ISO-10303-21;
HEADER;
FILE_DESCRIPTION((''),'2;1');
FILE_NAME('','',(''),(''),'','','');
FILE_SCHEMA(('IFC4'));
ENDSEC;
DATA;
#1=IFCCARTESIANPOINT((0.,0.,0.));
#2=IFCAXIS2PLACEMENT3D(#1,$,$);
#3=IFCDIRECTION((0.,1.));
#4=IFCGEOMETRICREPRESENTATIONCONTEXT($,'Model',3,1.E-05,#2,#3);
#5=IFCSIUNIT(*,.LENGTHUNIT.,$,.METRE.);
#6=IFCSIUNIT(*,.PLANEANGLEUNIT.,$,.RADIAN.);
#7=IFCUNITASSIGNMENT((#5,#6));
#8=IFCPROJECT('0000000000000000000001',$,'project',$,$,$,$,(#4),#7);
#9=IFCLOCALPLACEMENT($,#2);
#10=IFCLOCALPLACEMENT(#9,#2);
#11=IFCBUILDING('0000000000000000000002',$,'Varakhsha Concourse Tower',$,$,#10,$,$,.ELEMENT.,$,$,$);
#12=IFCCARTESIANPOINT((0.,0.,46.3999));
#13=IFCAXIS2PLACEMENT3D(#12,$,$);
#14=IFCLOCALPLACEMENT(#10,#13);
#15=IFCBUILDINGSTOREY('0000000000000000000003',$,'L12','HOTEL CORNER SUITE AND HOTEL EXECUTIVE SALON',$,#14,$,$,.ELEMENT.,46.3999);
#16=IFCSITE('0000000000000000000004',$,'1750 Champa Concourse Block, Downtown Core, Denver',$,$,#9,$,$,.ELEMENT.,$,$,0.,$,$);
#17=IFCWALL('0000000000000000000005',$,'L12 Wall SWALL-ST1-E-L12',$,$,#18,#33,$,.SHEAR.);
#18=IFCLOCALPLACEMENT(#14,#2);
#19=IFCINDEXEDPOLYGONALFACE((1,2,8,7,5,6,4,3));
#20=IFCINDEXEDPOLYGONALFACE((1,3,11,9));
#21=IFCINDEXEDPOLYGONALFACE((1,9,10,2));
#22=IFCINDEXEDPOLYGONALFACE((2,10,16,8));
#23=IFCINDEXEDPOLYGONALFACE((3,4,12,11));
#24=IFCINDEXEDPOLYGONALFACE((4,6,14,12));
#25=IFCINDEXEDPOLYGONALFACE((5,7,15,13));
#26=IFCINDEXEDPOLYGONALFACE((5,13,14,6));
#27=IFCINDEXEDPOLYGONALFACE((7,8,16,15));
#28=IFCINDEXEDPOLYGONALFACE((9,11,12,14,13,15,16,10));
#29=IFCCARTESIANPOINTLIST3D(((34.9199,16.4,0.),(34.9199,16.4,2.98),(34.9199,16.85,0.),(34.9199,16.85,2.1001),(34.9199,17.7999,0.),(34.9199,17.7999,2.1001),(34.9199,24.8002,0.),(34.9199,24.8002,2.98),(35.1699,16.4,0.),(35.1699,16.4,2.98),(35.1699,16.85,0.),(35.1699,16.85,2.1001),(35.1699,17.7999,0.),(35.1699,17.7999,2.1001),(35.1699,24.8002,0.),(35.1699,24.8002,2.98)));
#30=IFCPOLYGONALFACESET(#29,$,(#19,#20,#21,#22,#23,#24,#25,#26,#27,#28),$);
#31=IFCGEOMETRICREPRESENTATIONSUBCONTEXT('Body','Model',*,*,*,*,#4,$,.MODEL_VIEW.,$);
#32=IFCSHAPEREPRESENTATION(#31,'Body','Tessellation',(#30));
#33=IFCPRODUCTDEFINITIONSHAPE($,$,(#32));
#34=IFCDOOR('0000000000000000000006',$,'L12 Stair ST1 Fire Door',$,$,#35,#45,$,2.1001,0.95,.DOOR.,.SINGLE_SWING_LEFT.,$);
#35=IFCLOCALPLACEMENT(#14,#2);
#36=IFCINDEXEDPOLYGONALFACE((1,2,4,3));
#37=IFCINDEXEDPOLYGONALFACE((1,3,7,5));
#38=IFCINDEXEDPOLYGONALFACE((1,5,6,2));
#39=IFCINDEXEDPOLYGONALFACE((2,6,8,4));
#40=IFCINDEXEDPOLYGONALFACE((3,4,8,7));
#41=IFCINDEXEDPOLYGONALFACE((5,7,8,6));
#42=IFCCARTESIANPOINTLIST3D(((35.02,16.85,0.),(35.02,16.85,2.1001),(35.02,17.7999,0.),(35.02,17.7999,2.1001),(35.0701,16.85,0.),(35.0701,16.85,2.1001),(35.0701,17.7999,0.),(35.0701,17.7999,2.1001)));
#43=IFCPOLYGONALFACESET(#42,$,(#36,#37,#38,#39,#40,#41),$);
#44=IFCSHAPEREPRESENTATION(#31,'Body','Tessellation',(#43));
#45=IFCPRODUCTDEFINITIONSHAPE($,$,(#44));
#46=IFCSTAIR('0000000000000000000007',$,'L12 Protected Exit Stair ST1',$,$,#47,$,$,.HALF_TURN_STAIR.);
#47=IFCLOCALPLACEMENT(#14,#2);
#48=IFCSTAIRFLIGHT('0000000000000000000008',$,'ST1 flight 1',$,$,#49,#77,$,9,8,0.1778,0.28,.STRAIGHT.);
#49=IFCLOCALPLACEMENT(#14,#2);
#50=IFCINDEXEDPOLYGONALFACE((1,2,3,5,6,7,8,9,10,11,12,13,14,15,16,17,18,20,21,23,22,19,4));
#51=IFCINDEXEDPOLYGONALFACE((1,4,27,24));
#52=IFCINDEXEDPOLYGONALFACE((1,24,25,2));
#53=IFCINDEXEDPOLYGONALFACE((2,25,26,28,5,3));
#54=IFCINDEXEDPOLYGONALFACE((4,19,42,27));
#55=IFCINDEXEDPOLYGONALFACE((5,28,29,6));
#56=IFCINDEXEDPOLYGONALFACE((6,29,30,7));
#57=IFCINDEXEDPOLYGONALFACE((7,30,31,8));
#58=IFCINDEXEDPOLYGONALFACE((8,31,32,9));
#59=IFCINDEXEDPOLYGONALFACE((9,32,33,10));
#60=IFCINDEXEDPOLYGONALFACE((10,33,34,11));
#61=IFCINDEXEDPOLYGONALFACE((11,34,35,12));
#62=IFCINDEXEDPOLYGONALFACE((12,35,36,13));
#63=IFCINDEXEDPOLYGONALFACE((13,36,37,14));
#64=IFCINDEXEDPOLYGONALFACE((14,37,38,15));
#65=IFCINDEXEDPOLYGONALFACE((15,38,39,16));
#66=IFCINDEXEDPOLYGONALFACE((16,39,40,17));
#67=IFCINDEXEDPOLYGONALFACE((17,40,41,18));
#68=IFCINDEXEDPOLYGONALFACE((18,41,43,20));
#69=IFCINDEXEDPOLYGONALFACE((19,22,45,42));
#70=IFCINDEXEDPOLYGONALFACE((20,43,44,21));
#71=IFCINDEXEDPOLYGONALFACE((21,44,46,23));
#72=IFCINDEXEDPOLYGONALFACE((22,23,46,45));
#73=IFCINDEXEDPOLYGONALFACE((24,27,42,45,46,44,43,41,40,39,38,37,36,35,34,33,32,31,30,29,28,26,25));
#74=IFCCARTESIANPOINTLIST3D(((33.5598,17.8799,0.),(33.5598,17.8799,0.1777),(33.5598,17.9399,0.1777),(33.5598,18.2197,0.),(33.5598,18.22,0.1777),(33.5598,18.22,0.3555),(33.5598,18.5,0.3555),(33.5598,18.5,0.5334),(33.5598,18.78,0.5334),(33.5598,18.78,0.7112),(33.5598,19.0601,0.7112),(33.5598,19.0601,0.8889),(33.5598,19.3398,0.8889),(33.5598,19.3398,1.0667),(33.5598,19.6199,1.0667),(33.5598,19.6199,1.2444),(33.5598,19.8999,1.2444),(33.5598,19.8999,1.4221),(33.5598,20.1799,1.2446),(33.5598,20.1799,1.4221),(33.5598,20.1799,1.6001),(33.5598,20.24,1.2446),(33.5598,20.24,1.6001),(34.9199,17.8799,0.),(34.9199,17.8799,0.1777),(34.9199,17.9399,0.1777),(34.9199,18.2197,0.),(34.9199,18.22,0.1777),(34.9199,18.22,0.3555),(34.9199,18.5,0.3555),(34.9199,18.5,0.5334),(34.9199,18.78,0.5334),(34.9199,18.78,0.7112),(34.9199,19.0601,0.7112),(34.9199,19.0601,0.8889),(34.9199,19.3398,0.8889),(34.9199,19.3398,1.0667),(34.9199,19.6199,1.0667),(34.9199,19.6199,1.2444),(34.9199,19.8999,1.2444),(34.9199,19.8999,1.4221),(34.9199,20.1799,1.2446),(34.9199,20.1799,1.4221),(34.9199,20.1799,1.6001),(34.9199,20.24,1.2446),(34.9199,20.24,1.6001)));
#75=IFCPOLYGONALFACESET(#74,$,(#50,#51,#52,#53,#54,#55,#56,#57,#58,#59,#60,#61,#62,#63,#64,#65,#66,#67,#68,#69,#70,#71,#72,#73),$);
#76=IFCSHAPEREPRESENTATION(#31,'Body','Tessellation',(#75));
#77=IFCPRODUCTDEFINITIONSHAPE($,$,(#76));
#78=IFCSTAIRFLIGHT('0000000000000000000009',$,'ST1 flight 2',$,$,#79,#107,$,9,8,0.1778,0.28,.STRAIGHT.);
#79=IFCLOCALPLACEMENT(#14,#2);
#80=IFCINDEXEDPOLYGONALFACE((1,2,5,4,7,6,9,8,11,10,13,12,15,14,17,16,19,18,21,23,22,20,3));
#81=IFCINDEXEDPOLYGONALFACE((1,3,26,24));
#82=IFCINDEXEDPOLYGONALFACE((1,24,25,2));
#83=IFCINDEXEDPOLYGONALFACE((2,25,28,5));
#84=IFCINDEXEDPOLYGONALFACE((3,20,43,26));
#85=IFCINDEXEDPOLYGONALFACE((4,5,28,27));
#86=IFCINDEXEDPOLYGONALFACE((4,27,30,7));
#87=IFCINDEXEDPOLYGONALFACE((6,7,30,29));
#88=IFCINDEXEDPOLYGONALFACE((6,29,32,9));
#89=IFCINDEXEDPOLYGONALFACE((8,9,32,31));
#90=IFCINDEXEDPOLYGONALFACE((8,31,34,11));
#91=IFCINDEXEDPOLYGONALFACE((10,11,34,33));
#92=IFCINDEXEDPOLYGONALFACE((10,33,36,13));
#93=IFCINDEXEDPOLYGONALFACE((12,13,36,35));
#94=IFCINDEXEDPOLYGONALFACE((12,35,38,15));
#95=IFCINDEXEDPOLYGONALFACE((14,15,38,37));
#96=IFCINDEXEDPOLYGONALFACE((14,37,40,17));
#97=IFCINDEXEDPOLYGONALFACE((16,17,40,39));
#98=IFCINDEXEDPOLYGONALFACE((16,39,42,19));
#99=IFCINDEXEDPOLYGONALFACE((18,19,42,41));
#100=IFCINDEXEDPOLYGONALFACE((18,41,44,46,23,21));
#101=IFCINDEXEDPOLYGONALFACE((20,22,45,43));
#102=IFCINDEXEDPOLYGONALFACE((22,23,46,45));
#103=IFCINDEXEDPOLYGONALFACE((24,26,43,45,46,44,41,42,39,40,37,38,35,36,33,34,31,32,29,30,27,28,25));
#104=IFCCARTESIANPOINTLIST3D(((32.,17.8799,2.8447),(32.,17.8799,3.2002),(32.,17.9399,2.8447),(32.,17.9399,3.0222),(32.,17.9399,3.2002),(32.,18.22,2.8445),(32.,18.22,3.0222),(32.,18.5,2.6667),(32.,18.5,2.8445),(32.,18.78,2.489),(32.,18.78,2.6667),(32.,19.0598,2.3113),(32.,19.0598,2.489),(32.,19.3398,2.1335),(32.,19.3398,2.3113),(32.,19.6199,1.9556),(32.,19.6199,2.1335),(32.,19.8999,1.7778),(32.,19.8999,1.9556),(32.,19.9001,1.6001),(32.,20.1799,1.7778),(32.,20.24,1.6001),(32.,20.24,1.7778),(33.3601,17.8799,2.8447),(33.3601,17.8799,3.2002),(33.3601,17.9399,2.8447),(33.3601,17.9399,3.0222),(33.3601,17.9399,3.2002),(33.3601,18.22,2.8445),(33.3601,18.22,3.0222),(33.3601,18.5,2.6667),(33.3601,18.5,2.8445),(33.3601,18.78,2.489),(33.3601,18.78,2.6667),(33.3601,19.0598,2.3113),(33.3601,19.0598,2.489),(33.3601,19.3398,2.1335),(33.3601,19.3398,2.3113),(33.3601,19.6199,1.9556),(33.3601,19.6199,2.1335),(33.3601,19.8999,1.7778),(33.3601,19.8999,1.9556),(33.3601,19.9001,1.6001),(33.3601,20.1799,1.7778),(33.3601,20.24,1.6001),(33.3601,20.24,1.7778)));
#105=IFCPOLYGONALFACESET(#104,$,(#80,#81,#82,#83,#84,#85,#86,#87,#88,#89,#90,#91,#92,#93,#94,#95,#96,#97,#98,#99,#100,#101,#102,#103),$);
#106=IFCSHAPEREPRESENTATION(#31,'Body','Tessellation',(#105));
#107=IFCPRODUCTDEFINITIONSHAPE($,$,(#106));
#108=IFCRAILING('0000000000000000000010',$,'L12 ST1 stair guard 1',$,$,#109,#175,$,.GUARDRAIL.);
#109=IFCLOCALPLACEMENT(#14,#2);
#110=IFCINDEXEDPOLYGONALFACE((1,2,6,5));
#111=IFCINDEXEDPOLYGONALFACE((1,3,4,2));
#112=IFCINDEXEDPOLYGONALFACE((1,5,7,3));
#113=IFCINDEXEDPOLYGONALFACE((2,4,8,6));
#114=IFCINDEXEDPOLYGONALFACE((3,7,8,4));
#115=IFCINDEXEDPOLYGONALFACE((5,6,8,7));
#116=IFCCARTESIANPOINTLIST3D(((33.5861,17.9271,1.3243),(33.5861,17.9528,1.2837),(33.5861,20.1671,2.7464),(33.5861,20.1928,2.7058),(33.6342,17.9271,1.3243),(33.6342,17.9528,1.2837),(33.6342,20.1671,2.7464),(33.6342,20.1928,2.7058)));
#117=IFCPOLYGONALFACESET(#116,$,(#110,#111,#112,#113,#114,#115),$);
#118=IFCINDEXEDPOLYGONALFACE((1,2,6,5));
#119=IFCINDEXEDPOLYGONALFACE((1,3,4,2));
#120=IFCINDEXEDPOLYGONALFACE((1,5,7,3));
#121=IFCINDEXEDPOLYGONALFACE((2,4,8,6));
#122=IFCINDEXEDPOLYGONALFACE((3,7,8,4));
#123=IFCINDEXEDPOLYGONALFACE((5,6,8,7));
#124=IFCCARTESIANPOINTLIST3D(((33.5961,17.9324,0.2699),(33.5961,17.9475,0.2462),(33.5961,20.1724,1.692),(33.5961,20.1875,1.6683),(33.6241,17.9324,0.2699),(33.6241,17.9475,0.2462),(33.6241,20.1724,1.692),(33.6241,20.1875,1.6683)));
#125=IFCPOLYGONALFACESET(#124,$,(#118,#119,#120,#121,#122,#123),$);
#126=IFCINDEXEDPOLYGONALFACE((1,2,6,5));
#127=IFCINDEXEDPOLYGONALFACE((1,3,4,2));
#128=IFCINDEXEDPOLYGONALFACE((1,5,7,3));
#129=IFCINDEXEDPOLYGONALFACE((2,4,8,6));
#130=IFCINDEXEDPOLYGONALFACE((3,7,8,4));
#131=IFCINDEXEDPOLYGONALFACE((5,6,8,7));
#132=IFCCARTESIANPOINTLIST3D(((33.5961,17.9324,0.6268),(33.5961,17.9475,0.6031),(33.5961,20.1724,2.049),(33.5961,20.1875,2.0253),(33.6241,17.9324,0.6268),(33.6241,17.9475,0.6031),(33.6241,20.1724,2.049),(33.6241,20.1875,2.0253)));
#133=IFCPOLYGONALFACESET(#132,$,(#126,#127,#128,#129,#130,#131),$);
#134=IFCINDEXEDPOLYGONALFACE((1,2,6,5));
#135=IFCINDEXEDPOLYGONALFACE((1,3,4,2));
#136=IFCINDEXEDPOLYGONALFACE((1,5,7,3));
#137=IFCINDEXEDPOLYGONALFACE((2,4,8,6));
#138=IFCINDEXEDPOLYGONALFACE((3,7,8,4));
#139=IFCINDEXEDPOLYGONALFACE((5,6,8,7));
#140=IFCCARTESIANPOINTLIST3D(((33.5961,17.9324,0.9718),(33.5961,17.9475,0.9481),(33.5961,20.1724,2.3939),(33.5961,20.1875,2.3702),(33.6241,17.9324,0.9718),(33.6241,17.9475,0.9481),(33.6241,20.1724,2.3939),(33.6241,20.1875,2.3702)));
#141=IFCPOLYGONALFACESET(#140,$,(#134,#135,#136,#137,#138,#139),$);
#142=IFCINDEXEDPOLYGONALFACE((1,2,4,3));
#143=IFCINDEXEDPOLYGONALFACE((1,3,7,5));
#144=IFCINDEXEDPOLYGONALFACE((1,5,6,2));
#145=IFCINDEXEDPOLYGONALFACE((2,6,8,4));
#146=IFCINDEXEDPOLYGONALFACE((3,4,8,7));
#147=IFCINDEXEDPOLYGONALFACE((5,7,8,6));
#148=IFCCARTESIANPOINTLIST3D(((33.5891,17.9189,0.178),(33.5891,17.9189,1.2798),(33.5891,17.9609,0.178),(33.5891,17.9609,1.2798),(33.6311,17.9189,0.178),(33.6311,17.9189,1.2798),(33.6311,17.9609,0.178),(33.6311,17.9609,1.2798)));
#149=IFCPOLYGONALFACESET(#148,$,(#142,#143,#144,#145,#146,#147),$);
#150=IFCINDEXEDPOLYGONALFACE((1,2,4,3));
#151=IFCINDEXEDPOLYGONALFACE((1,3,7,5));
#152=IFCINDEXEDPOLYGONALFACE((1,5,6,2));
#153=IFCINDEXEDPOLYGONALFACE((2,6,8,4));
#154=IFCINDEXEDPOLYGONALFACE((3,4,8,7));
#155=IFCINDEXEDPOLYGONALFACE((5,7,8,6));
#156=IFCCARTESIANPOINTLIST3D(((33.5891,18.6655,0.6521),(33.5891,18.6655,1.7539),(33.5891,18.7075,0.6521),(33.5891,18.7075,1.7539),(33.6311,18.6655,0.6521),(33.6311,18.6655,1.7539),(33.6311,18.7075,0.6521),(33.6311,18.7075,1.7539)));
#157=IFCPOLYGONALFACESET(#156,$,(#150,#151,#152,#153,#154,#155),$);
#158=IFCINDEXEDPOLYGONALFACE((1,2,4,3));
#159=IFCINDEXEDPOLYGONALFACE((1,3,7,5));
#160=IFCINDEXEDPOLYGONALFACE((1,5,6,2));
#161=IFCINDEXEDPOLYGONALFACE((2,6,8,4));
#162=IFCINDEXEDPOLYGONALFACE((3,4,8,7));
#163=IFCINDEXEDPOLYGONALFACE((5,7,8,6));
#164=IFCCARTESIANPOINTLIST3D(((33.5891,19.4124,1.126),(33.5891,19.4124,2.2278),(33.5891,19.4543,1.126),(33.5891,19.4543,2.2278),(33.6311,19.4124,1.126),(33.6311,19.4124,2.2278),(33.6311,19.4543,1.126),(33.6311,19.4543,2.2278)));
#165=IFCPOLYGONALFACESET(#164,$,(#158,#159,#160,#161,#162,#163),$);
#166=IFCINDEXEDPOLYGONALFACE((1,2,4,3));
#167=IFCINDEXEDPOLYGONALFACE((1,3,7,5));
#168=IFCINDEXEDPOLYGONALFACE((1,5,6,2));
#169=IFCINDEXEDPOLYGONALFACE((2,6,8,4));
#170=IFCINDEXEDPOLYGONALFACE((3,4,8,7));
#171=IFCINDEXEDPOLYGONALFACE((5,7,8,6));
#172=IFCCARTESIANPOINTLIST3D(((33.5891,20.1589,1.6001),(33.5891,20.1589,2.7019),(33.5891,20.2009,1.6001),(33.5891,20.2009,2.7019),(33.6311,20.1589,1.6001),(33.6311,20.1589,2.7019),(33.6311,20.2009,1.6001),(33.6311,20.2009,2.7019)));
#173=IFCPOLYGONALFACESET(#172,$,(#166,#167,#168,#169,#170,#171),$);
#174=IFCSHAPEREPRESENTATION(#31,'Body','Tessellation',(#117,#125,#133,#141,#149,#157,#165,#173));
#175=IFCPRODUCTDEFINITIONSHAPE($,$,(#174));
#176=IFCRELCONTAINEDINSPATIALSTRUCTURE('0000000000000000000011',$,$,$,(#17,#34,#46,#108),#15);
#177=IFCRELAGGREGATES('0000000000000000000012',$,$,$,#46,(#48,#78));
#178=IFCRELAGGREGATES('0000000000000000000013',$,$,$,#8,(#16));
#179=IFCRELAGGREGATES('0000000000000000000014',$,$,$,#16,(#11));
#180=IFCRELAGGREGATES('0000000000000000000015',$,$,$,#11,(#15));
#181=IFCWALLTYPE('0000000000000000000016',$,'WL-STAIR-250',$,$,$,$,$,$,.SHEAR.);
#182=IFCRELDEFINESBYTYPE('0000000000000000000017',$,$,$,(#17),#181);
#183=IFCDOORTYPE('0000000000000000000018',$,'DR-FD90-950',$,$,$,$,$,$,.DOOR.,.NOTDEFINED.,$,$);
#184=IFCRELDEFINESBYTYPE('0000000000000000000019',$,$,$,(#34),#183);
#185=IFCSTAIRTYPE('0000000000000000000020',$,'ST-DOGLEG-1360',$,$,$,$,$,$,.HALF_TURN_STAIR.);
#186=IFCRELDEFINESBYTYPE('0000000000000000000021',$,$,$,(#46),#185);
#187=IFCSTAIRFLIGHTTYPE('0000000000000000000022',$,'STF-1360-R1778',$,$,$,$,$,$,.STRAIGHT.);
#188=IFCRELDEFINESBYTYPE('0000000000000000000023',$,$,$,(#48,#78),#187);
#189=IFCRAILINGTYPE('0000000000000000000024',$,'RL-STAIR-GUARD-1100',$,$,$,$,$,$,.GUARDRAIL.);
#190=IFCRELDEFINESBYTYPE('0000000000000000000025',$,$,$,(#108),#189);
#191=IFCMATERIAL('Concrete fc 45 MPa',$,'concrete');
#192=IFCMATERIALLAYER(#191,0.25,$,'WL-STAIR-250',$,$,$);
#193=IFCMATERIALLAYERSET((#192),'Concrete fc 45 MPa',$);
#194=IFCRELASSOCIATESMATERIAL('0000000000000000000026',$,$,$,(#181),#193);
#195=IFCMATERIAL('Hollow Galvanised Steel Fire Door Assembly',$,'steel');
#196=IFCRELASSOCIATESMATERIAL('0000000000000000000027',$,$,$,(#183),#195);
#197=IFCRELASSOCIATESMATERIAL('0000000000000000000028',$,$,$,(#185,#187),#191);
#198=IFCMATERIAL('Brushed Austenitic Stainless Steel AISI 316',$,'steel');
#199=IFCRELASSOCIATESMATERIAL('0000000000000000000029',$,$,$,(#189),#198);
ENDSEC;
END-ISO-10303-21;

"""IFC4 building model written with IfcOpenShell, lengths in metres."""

from ifc_helpers import new_model, si_unit, direction, frame, frame_2d, origin, origin_2d, place, context, subcontext, project, spatial, polyline, rectangle, outline, extrude, material, layer, layer_set, type_object, element, fill, aggregate, save


model = new_model("IFC4")

# Units and contexts
model_context = context("Model", 3, precision=1e-05, world=origin(), true_north=direction((0.0, 1.0)))
body_context = subcontext(model_context, "Body", "Model", "MODEL_VIEW")
ifc_project = project(units=[si_unit("LENGTHUNIT", "METRE"), si_unit("PLANEANGLEUNIT", "RADIAN")], contexts=[model_context])

# Site, building, storey
site_placement = place(None, origin())
site = spatial("IfcSite", under=ifc_project, at=site_placement, Name="1750 Champa Concourse Block, Downtown Core, Denver", CompositionType="ELEMENT", RefElevation=0.0)
building_placement = place(site_placement, origin())
building = spatial("IfcBuilding", under=site, at=building_placement, Name="Varakhsha Concourse Tower", CompositionType="ELEMENT")
storey_placement = place(building_placement, frame((0.0, 0.0, 46.3999)))
storey = spatial("IfcBuildingStorey", under=building, at=storey_placement, Name="L12", Description="HOTEL CORNER SUITE AND HOTEL EXECUTIVE SALON", CompositionType="ELEMENT", Elevation=46.3999)

# Shared definitions
ifc_material_1 = material(Name="Hollow Galvanised Steel Fire Door Assembly", Category="steel")

# Wall, opening, door
ifc_material_2 = material(Name="Concrete fc 45 MPa", Category="concrete")
ifc_layer_1 = layer(ifc_material_2, 0.25, Name="WL-STAIR-250")
ifc_layer_set_1 = layer_set([ifc_layer_1], Name="Concrete fc 45 MPa")
wall_type_1 = type_object("IfcWallType", Name="WL-STAIR-250", PredefinedType="SHEAR", material=ifc_layer_set_1)
wall_1_placement = place(storey_placement, frame((35.0449, 16.3999, 0.0), z_axis=(0.0, 0.0, 1.0), x_axis=(0.0, 1.0, 0.0)))
wall_1 = element("IfcWall", 1, at=wall_1_placement, inside=storey, type_object=wall_type_1, Name="L12 Wall SWALL-ST1-E-L12", PredefinedType="SHEAR", context=body_context, shape_type="SweptSolid", body=[
    extrude(rectangle(XDim=8.4001, YDim=0.25, at=frame_2d((4.2002, 0.0))), origin(), (0.0, 0.0, 1.0), 2.98),
])
opening_1_placement = place(wall_1_placement, frame((0.45, 0.0, 0.0)))
opening_1 = element("IfcOpeningElement", 2, at=opening_1_placement, cuts=wall_1, PredefinedType="OPENING", context=body_context, shape_type="SweptSolid", body=[
    extrude(rectangle(XDim=0.95, YDim=2.1001, at=frame_2d((0.4751, 1.05))), frame((0.0, 0.135, 0.0), z_axis=(0.0, -1.0, 0.0), x_axis=(1.0, 0.0, 0.0)), (0.0, 0.0, 1.0), 0.27),
])
door_type_1 = type_object("IfcDoorType", Name="DR-FD90-950", OperationType="NOTDEFINED", PredefinedType="DOOR", material=ifc_material_1)
door_1_placement = place(opening_1_placement, origin())
door_1 = element("IfcDoor", 3, at=door_1_placement, inside=storey, type_object=door_type_1, Name="L12 Stair ST1 Fire Door", OperationType="SINGLE_SWING_LEFT", OverallHeight=2.1001, OverallWidth=0.95, PredefinedType="DOOR", context=body_context, shape_type="SweptSolid", body=[
    extrude(rectangle(XDim=0.95, YDim=2.1001, at=frame_2d((0.4751, 1.05))), frame((0.0, 0.0249, 0.0), z_axis=(0.0, -1.0, 0.0), x_axis=(1.0, 0.0, 0.0)), (0.0, 0.0, 1.0), 0.05),
])
fill(opening_1, door_1)

# Stair, stair flights
stair_type = type_object("IfcStairType", Name="ST-DOGLEG-1360", PredefinedType="HALF_TURN_STAIR", material=ifc_material_2)
stair_placement = place(storey_placement, origin())
stair = element("IfcStair", 4, at=stair_placement, inside=storey, type_object=stair_type, Name="L12 Protected Exit Stair ST1", PredefinedType="HALF_TURN_STAIR")
stair_flight_type = type_object("IfcStairFlightType", Name="STF-1360-R1778", PredefinedType="STRAIGHT", material=ifc_material_2)
stair_flight_1_placement = place(storey_placement, frame((34.24, 17.9399, 0.0), z_axis=(0.0, 0.0, 1.0), x_axis=(0.0, 1.0, 0.0)))
stair_flight_1 = element("IfcStairFlight", 5, at=stair_flight_1_placement, type_object=stair_flight_type, Name="ST1 flight 1", NumberOfRisers=9, NumberOfTreads=8, PredefinedType="STRAIGHT", RiserHeight=0.1778, TreadLength=0.28, context=body_context, shape_type="SweptSolid", body=[
    extrude(outline(polyline([(-0.0601, 0.0), (-0.0601, 0.1777), (0.0, 0.1777), (0.28, 0.1777), (0.28, 0.3555), (0.5601, 0.3555), (0.5601, 0.5334), (0.8401, 0.5334), (0.8401, 0.7112), (1.1201, 0.7112), (1.1201, 0.8889), (1.3999, 0.8889), (1.3999, 1.0667), (1.6799, 1.0667), (1.6799, 1.2444), (1.96, 1.2444), (1.96, 1.4221), (2.24, 1.4221), (2.24, 1.6001), (2.3, 1.6001), (2.3, 1.2446), (2.24, 1.2446), (0.2798, 0.0), (-0.0601, 0.0)])), frame((0.0, 0.6802, 0.0), z_axis=(0.0, -1.0, 0.0), x_axis=(1.0, 0.0, 0.0)), (0.0, 0.0, 1.0), 1.3601),
])
stair_flight_2_placement = place(storey_placement, frame((32.6799, 20.1799, 1.6001), z_axis=(0.0, 0.0, 1.0), x_axis=(0.0, -1.0, 0.0)))
stair_flight_2 = element("IfcStairFlight", 6, at=stair_flight_2_placement, type_object=stair_flight_type, Name="ST1 flight 2", NumberOfRisers=9, NumberOfTreads=8, PredefinedType="STRAIGHT", RiserHeight=0.1778, TreadLength=0.28, context=body_context, shape_type="SweptSolid", body=[
    extrude(outline(polyline([(-0.0601, 0.0), (-0.0601, 0.1777), (0.0, 0.1777), (0.28, 0.1777), (0.28, 0.3555), (0.5601, 0.3555), (0.5601, 0.5334), (0.8401, 0.5334), (0.8401, 0.7112), (1.1201, 0.7112), (1.1201, 0.8889), (1.3999, 0.8889), (1.3999, 1.0667), (1.6799, 1.0667), (1.6799, 1.2444), (1.96, 1.2444), (1.96, 1.4221), (2.24, 1.4221), (2.24, 1.6001), (2.3, 1.6001), (2.3, 1.2446), (2.24, 1.2446), (0.2798, 0.0), (-0.0601, 0.0)])), frame((0.0, 0.6802, 0.0), z_axis=(0.0, -1.0, 0.0), x_axis=(1.0, 0.0, 0.0)), (0.0, 0.0, 1.0), 1.3601),
])
aggregate(stair, [stair_flight_1, stair_flight_2])

# Railing
ifc_material_3 = material(Name="Brushed Austenitic Stainless Steel AISI 316", Category="steel")
railing_type_1 = type_object("IfcRailingType", Name="RL-STAIR-GUARD-1100", PredefinedType="GUARDRAIL", material=ifc_material_3)
railing_1_placement = place(storey_placement, frame((33.6101, 17.9399, 0.178)))
element("IfcRailing", 7, at=railing_1_placement, inside=storey, type_object=railing_type_1, Name="L12 ST1 stair guard 1", PredefinedType="GUARDRAIL", context=body_context, shape_type="SweptSolid", body=[
    extrude(rectangle(XDim=0.0481, YDim=0.0481, at=origin_2d()), frame((0.0, 0.0, 1.126), z_axis=(0.0, 0.844229, 0.535982), x_axis=(-1.0, 0.0, 0.0)), (0.0, 0.0, 1.0), 2.6533),
    extrude(rectangle(XDim=0.0281, YDim=0.0281, at=origin_2d()), frame((0.0, 0.0, 0.0801), z_axis=(0.0, 0.844229, 0.535982), x_axis=(-1.0, 0.0, 0.0)), (0.0, 0.0, 1.0), 2.6533),
    extrude(rectangle(XDim=0.0281, YDim=0.0281, at=origin_2d()), frame((0.0, 0.0, 0.437), z_axis=(0.0, 0.844229, 0.535982), x_axis=(-1.0, 0.0, 0.0)), (0.0, 0.0, 1.0), 2.6533),
    extrude(rectangle(XDim=0.0281, YDim=0.0281, at=origin_2d()), frame((0.0, 0.0, 0.782), z_axis=(0.0, 0.844229, 0.535982), x_axis=(-1.0, 0.0, 0.0)), (0.0, 0.0, 1.0), 2.6533),
    extrude(rectangle(XDim=0.042, YDim=0.042, at=origin_2d()), origin(), (0.0, 0.0, 1.0), 1.1018),
    extrude(rectangle(XDim=0.042, YDim=0.042, at=origin_2d()), frame((0.0, 0.7466, 0.4741)), (0.0, 0.0, 1.0), 1.1018),
    extrude(rectangle(XDim=0.042, YDim=0.042, at=origin_2d()), frame((0.0, 1.4934, 0.948)), (0.0, 0.0, 1.0), 1.1018),
    extrude(rectangle(XDim=0.042, YDim=0.042, at=origin_2d()), frame((0.0, 2.24, 1.4221)), (0.0, 0.0, 1.0), 1.1018),
])

save(model, "model.ifc")
